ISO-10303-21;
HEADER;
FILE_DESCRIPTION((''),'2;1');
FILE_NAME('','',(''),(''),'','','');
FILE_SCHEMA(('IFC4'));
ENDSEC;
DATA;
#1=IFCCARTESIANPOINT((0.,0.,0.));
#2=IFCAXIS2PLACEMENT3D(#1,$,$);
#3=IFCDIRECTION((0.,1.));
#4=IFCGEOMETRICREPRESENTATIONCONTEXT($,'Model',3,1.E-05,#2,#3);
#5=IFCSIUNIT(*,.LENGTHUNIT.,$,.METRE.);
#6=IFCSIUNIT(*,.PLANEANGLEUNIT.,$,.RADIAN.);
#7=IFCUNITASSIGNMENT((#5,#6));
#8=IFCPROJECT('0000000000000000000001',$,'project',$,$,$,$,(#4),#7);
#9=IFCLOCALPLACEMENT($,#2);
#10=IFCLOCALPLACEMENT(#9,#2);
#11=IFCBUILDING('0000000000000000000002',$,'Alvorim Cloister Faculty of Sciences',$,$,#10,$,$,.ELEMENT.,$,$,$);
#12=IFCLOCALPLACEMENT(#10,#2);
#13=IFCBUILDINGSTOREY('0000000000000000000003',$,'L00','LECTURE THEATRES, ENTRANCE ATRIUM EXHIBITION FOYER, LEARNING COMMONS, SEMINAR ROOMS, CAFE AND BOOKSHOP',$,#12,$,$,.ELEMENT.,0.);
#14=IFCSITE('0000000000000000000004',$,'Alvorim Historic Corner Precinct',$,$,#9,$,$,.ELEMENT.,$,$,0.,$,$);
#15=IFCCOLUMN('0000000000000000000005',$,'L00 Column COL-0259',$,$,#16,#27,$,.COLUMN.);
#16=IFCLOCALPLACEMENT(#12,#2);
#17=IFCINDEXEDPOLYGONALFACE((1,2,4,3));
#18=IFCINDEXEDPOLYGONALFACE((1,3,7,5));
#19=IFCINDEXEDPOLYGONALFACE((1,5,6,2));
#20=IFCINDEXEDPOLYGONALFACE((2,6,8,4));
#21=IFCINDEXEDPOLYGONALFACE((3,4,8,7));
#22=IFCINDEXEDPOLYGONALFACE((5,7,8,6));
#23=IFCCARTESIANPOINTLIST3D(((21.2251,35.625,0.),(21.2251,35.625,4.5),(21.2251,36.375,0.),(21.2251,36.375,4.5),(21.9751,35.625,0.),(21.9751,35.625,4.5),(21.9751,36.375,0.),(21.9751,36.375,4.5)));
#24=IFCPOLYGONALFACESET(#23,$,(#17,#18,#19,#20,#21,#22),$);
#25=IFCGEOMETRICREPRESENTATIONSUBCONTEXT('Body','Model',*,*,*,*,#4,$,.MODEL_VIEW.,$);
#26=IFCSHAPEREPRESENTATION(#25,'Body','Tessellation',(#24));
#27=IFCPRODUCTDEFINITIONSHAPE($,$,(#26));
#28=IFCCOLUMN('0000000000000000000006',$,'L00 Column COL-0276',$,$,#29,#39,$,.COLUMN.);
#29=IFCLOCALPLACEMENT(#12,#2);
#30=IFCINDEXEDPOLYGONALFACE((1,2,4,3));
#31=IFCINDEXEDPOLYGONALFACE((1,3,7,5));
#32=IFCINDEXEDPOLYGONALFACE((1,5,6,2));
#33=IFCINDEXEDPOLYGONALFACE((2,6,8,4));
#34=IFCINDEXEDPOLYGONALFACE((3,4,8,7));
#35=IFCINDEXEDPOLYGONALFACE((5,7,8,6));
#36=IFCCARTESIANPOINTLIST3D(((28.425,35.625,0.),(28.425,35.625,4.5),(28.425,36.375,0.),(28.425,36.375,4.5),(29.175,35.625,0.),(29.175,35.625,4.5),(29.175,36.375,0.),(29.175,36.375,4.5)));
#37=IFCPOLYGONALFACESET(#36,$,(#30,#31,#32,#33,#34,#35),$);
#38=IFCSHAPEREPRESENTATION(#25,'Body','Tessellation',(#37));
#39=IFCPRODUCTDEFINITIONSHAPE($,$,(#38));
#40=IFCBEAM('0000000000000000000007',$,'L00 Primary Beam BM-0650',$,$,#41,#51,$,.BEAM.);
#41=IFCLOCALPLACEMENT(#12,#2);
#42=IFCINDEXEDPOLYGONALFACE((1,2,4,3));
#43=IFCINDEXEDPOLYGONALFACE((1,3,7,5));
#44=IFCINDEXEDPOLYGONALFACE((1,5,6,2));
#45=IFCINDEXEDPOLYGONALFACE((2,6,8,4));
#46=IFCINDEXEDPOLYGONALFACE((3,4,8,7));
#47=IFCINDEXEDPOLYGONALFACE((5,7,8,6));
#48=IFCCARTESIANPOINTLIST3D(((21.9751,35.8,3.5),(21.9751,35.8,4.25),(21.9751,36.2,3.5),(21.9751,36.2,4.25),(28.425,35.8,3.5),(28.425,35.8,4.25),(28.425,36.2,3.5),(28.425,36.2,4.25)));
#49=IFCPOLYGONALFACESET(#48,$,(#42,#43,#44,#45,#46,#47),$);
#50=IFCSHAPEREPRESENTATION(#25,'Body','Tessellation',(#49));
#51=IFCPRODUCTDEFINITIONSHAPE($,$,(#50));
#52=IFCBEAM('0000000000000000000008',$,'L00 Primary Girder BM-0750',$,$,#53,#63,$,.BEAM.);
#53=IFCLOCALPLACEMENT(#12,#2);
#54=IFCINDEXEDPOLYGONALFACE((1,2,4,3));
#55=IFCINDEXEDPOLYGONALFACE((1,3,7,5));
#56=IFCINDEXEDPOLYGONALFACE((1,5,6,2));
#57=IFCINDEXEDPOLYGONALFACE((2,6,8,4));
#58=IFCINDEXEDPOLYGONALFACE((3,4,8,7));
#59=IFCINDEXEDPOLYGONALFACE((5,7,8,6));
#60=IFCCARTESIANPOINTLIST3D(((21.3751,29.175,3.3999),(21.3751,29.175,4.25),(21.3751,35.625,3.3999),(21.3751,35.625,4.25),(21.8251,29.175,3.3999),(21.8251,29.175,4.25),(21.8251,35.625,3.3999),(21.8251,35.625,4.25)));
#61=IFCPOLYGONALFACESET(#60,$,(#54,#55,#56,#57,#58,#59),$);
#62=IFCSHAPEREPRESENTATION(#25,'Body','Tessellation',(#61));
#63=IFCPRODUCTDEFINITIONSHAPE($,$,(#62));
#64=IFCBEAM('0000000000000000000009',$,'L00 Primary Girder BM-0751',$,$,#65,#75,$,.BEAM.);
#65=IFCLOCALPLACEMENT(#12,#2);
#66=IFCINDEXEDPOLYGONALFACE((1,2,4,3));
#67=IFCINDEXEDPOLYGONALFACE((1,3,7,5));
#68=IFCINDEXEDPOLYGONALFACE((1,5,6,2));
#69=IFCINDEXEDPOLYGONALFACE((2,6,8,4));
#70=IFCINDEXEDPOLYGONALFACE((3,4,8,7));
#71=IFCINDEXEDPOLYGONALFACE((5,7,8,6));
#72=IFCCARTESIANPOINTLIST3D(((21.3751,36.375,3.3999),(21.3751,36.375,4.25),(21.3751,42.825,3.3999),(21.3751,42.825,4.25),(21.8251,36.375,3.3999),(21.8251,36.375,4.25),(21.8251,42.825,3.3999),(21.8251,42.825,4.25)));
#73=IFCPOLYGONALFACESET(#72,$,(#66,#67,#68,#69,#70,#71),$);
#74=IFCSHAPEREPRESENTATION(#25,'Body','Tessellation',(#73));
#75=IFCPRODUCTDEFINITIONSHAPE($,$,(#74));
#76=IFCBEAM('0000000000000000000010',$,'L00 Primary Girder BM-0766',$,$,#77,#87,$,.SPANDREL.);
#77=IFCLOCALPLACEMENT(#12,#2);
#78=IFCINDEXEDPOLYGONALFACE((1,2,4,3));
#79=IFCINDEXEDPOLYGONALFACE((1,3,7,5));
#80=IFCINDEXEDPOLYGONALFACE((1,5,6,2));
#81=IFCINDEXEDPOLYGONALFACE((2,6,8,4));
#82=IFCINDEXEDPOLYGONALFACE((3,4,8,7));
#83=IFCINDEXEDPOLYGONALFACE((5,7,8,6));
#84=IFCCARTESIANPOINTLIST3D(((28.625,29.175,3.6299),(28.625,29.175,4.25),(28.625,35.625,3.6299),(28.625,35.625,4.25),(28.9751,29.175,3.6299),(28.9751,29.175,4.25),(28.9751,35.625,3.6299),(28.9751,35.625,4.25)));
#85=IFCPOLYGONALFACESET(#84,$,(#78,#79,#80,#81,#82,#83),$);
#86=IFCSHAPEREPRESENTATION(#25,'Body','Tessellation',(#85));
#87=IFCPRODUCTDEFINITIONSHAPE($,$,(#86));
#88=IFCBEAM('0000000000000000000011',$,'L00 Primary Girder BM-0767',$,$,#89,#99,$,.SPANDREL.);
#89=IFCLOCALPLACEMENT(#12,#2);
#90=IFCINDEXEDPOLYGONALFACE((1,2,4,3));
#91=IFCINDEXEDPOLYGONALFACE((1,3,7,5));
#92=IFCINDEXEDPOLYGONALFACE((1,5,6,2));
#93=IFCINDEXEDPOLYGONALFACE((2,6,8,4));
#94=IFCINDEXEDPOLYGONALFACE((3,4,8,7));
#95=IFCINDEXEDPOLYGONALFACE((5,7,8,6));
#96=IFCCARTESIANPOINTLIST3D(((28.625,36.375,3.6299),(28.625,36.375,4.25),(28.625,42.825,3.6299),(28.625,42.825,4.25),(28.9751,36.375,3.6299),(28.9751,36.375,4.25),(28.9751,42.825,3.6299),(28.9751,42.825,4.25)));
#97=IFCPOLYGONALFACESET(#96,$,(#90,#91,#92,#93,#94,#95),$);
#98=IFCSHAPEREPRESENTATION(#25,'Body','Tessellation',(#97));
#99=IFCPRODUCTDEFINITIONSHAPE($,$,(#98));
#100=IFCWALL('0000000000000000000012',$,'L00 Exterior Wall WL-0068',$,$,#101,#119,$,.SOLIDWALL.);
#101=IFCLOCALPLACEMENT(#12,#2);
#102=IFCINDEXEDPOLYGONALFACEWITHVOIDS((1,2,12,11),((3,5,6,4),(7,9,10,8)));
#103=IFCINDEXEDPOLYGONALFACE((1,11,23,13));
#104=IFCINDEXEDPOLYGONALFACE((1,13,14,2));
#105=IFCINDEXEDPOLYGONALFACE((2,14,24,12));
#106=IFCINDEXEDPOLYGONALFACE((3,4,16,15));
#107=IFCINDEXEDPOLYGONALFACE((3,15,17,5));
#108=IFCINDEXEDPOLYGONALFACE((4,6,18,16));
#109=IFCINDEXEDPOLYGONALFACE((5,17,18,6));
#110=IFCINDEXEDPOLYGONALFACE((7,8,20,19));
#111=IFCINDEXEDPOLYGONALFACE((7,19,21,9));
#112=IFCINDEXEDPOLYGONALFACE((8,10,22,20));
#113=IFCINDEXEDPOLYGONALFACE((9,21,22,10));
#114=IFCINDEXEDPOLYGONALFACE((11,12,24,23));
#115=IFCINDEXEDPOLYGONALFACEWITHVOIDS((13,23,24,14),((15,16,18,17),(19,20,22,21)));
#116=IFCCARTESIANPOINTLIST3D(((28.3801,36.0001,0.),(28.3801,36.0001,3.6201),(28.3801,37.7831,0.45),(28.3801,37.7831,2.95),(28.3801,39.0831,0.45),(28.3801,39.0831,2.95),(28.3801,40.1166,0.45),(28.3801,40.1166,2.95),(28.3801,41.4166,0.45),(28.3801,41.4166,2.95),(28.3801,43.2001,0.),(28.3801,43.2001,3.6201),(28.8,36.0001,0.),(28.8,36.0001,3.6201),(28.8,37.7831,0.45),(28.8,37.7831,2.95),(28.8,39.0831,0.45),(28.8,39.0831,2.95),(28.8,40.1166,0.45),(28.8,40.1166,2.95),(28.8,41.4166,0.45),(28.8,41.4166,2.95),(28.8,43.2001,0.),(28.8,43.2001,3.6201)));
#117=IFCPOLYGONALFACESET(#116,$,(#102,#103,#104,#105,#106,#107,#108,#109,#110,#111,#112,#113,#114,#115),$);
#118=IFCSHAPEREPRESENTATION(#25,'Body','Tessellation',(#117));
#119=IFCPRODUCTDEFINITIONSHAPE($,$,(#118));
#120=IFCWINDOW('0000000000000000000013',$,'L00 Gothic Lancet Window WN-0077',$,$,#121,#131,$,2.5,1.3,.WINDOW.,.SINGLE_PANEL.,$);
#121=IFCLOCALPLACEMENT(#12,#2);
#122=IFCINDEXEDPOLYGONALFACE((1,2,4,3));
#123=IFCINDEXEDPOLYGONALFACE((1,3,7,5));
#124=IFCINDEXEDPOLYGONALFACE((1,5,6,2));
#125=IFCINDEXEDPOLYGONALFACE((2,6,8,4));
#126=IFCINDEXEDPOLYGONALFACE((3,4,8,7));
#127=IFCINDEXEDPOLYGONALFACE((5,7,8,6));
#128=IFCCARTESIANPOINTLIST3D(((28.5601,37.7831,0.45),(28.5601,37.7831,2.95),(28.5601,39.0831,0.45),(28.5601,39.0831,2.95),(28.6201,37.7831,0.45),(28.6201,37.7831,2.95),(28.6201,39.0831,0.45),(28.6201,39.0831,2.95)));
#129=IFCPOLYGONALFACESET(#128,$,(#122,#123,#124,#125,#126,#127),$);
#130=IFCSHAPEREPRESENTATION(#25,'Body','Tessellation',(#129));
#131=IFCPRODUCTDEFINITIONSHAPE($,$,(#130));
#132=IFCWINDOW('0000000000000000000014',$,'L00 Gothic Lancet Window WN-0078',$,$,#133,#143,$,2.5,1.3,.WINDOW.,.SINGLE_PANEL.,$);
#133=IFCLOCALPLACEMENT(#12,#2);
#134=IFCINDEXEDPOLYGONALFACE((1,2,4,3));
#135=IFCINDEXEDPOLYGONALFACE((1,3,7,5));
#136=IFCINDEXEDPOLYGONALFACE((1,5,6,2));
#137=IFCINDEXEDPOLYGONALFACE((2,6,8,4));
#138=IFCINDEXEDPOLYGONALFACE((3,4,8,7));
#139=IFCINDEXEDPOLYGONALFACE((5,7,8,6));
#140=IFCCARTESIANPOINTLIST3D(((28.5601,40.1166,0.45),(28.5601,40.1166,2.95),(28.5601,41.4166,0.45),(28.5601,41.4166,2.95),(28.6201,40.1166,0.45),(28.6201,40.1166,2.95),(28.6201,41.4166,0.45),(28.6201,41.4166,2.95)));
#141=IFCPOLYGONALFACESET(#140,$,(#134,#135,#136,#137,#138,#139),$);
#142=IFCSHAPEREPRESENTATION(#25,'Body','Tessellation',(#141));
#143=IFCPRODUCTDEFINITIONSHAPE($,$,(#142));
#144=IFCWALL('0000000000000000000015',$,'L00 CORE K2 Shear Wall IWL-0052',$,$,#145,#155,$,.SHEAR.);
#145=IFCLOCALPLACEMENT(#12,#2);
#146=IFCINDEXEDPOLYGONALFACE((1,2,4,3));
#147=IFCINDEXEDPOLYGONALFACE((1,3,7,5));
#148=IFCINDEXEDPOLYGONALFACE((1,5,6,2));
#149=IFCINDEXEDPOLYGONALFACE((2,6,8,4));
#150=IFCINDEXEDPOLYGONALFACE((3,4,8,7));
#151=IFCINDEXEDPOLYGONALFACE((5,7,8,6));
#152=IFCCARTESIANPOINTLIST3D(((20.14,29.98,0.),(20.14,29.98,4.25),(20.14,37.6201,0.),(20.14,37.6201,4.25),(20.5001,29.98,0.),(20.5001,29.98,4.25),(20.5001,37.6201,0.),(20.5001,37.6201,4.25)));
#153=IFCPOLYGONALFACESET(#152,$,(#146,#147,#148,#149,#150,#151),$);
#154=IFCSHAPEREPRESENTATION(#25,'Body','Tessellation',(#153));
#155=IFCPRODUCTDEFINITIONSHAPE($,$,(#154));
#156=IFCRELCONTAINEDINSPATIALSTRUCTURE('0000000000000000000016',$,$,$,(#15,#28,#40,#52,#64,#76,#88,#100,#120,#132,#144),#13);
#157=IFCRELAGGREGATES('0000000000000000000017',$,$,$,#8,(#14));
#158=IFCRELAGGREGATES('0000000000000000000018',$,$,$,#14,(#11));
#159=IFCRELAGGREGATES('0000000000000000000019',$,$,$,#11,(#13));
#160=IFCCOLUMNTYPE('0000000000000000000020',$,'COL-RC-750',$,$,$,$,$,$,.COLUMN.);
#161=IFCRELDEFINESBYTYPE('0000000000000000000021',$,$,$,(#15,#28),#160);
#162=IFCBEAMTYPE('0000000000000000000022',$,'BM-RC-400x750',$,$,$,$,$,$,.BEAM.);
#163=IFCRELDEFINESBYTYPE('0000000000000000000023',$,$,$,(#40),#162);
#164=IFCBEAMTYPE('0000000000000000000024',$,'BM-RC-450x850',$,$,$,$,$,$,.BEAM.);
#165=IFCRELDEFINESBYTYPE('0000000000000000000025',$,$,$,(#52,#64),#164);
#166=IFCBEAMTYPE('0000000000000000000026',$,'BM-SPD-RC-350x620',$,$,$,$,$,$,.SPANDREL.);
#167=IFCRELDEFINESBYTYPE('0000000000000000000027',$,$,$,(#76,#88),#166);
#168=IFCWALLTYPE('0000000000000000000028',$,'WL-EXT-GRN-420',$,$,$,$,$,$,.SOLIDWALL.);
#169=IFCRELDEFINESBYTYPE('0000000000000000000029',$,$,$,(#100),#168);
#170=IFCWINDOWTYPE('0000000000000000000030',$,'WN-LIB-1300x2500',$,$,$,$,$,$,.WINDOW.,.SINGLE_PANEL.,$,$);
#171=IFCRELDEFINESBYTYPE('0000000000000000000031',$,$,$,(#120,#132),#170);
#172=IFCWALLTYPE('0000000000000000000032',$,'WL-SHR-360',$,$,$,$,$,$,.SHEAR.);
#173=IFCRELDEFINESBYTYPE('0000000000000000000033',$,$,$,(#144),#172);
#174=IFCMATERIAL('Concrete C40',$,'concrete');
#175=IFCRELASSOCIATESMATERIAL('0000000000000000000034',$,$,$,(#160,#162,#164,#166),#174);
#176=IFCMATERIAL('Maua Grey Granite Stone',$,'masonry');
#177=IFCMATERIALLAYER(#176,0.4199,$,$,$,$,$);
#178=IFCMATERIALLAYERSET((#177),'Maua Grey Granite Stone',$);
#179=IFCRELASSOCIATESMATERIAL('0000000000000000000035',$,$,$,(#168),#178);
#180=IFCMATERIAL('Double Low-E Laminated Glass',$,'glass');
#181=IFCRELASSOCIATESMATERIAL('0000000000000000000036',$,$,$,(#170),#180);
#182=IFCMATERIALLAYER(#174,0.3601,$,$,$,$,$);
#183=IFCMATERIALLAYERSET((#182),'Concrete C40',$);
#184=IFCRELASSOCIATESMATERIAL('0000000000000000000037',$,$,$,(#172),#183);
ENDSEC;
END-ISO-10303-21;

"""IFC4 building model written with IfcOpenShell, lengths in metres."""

from ifc_helpers import new_model, si_unit, direction, frame, frame_2d, origin, origin_2d, place, context, subcontext, project, spatial, rectangle, extrude, material, layer, layer_set, material_profile, profile_set, type_object, element, fill, save


model = new_model("IFC4")

# Units and contexts
model_context = context("Model", 3, precision=1e-05, world=origin(), true_north=direction((0.0, 1.0)))
body_context = subcontext(model_context, "Body", "Model", "MODEL_VIEW")
ifc_project = project(units=[si_unit("LENGTHUNIT", "METRE"), si_unit("PLANEANGLEUNIT", "RADIAN")], contexts=[model_context])

# Site, building, storey
site_placement = place(None, origin())
site = spatial("IfcSite", under=ifc_project, at=site_placement, Name="Alvorim Historic Corner Precinct", CompositionType="ELEMENT", RefElevation=0.0)
building_placement = place(site_placement, origin())
building = spatial("IfcBuilding", under=site, at=building_placement, Name="Alvorim Cloister Faculty of Sciences", CompositionType="ELEMENT")
storey_placement = place(building_placement, origin())
storey = spatial("IfcBuildingStorey", under=building, at=storey_placement, Name="L00", Description="LECTURE THEATRES, ENTRANCE ATRIUM EXHIBITION FOYER, LEARNING COMMONS, SEMINAR ROOMS, CAFE AND BOOKSHOP", CompositionType="ELEMENT", Elevation=0.0)

# Columns
ifc_material_1 = material(Name="Concrete C40", Category="concrete")
ifc_material_profile_1 = material_profile(ifc_material_1, rectangle(XDim=0.75, YDim=0.75, at=origin_2d()), Name="RC40-COL-750x750")
ifc_profile_set_1 = profile_set([ifc_material_profile_1], Name="Concrete C40")
column_type = type_object("IfcColumnType", Name="COL-RC-750", PredefinedType="COLUMN", material=ifc_profile_set_1)
for number, where, z_axis, x_axis, name in (
    (1, (21.6001, 36.0, 0.0), (0.0, 0.0, 1.0), (1.0, 0.0, 0.0), "L00 Column COL-0259"),
    (2, (28.8, 36.0, 0.0), (0.0, 0.0, 1.0), (1.0, 0.0, 0.0), "L00 Column COL-0276"),
):
    element("IfcColumn", number, at=place(storey_placement, frame(where, z_axis=z_axis, x_axis=x_axis)), inside=storey, type_object=column_type, Name=name, PredefinedType="COLUMN", context=body_context, shape_type="SweptSolid", body=[
        extrude(rectangle(XDim=0.75, YDim=0.75, at=origin_2d()), origin(), (0.0, 0.0, 1.0), 4.5),
    ])

# Beams
ifc_material_profile_2 = material_profile(ifc_material_1, rectangle(XDim=0.3999, YDim=0.75, at=origin_2d()), Name="RC40-BM-400x750")
ifc_profile_set_2 = profile_set([ifc_material_profile_2], Name="Concrete C40")
beam_type_1 = type_object("IfcBeamType", Name="BM-RC-400x750", PredefinedType="BEAM", material=ifc_profile_set_2)
beam_placement = place(storey_placement, frame((21.9751, 36.0, 3.875), z_axis=(1.0, 0.0, 0.0), x_axis=(0.0, 1.0, 0.0)))
element("IfcBeam", 3, at=beam_placement, inside=storey, type_object=beam_type_1, Name="L00 Primary Beam BM-0650", PredefinedType="BEAM", context=body_context, shape_type="SweptSolid", body=[
    extrude(rectangle(XDim=0.3999, YDim=0.75, at=origin_2d()), origin(), (0.0, 0.0, 1.0), 6.45),
])
ifc_material_profile_3 = material_profile(ifc_material_1, rectangle(XDim=0.45, YDim=0.8501, at=origin_2d()), Name="RC40-BM-450x850")
ifc_profile_set_3 = profile_set([ifc_material_profile_3], Name="Concrete C40")
beam_type_2 = type_object("IfcBeamType", Name="BM-RC-450x850", PredefinedType="BEAM", material=ifc_profile_set_3)
for number, where, z_axis, x_axis, name in (
    (4, (21.6001, 29.175, 3.825), (0.0, 1.0, 0.0), (-1.0, 0.0, 0.0), "L00 Primary Girder BM-0750"),
    (5, (21.6001, 36.375, 3.825), (0.0, 1.0, 0.0), (-1.0, 0.0, 0.0), "L00 Primary Girder BM-0751"),
):
    element("IfcBeam", number, at=place(storey_placement, frame(where, z_axis=z_axis, x_axis=x_axis)), inside=storey, type_object=beam_type_2, Name=name, PredefinedType="BEAM", context=body_context, shape_type="SweptSolid", body=[
        extrude(rectangle(XDim=0.45, YDim=0.8501, at=origin_2d()), origin(), (0.0, 0.0, 1.0), 6.45),
    ])
ifc_material_profile_4 = material_profile(ifc_material_1, rectangle(XDim=0.3501, YDim=0.6201, at=origin_2d()), Name="RC40-SPD-350x620")
ifc_profile_set_4 = profile_set([ifc_material_profile_4], Name="Concrete C40")
beam_type_3 = type_object("IfcBeamType", Name="BM-SPD-RC-350x620", PredefinedType="SPANDREL", material=ifc_profile_set_4)
for number, where, z_axis, x_axis, name in (
    (6, (28.8, 29.175, 3.9399), (0.0, 1.0, 0.0), (-1.0, 0.0, 0.0), "L00 Primary Girder BM-0766"),
    (7, (28.8, 36.375, 3.9399), (0.0, 1.0, 0.0), (-1.0, 0.0, 0.0), "L00 Primary Girder BM-0767"),
):
    element("IfcBeam", number, at=place(storey_placement, frame(where, z_axis=z_axis, x_axis=x_axis)), inside=storey, type_object=beam_type_3, Name=name, PredefinedType="SPANDREL", context=body_context, shape_type="SweptSolid", body=[
        extrude(rectangle(XDim=0.3501, YDim=0.6201, at=origin_2d()), origin(), (0.0, 0.0, 1.0), 6.45),
    ])

# Wall, openings, windows
ifc_material_2 = material(Name="Maua Grey Granite Stone", Category="masonry")
ifc_layer_1 = layer(ifc_material_2, 0.4199)
ifc_layer_set_1 = layer_set([ifc_layer_1], Name="Maua Grey Granite Stone")
wall_type_1 = type_object("IfcWallType", Name="WL-EXT-GRN-420", PredefinedType="SOLIDWALL", material=ifc_layer_set_1)
wall_1_placement = place(storey_placement, frame((28.5901, 36.0, 0.0), z_axis=(0.0, 0.0, 1.0), x_axis=(0.0, 1.0, 0.0)))
wall_1 = element("IfcWall", 8, at=wall_1_placement, inside=storey, type_object=wall_type_1, Name="L00 Exterior Wall WL-0068", PredefinedType="SOLIDWALL", context=body_context, shape_type="SweptSolid", body=[
    extrude(rectangle(XDim=7.2, YDim=0.4199, at=frame_2d((3.6001, 0.0))), origin(), (0.0, 0.0, 1.0), 3.6201),
])
opening_1_placement = place(wall_1_placement, frame((1.7832, 0.0, 0.45)))
opening_1 = element("IfcOpeningElement", 9, at=opening_1_placement, cuts=wall_1, PredefinedType="OPENING", context=body_context, shape_type="SweptSolid", body=[
    extrude(rectangle(XDim=1.3, YDim=2.5, at=frame_2d((0.6499, 1.25))), frame((0.0, 0.2219, 0.0), z_axis=(0.0, -1.0, 0.0), x_axis=(1.0, 0.0, 0.0)), (0.0, 0.0, 1.0), 0.4438),
])
opening_2_placement = place(wall_1_placement, frame((4.1167, 0.0, 0.45)))
opening_2 = element("IfcOpeningElement", 10, at=opening_2_placement, cuts=wall_1, PredefinedType="OPENING", context=body_context, shape_type="SweptSolid", body=[
    extrude(rectangle(XDim=1.3, YDim=2.5, at=frame_2d((0.6499, 1.25))), frame((0.0, 0.2219, 0.0), z_axis=(0.0, -1.0, 0.0), x_axis=(1.0, 0.0, 0.0)), (0.0, 0.0, 1.0), 0.4438),
])
ifc_material_3 = material(Name="Double Low-E Laminated Glass", Category="glass")
window_type = type_object("IfcWindowType", Name="WN-LIB-1300x2500", PartitioningType="SINGLE_PANEL", PredefinedType="WINDOW", material=ifc_material_3)
window_1_placement = place(opening_1_placement, origin())
window_1 = element("IfcWindow", 11, at=window_1_placement, inside=storey, type_object=window_type, Name="L00 Gothic Lancet Window WN-0077", OverallHeight=2.5, OverallWidth=1.3, PartitioningType="SINGLE_PANEL", PredefinedType="WINDOW", context=body_context, shape_type="SweptSolid", body=[
    extrude(rectangle(XDim=1.3, YDim=2.5, at=frame_2d((0.6499, 1.25))), frame((0.0, 0.03, 0.0), z_axis=(0.0, -1.0, 0.0), x_axis=(1.0, 0.0, 0.0)), (0.0, 0.0, 1.0), 0.0601),
])
fill(opening_1, window_1)
window_2_placement = place(opening_2_placement, origin())
window_2 = element("IfcWindow", 12, at=window_2_placement, inside=storey, type_object=window_type, Name="L00 Gothic Lancet Window WN-0078", OverallHeight=2.5, OverallWidth=1.3, PartitioningType="SINGLE_PANEL", PredefinedType="WINDOW", context=body_context, shape_type="SweptSolid", body=[
    extrude(rectangle(XDim=1.3, YDim=2.5, at=frame_2d((0.6499, 1.25))), frame((0.0, 0.03, 0.0), z_axis=(0.0, -1.0, 0.0), x_axis=(1.0, 0.0, 0.0)), (0.0, 0.0, 1.0), 0.0601),
])
fill(opening_2, window_2)

# Wall
ifc_layer_2 = layer(ifc_material_1, 0.3601)
ifc_layer_set_2 = layer_set([ifc_layer_2], Name="Concrete C40")
wall_type_2 = type_object("IfcWallType", Name="WL-SHR-360", PredefinedType="SHEAR", material=ifc_layer_set_2)
wall_2_placement = place(storey_placement, frame((20.3201, 29.98, 0.0), z_axis=(0.0, 0.0, 1.0), x_axis=(0.0, 1.0, 0.0)))
element("IfcWall", 13, at=wall_2_placement, inside=storey, type_object=wall_type_2, Name="L00 CORE K2 Shear Wall IWL-0052", PredefinedType="SHEAR", context=body_context, shape_type="SweptSolid", body=[
    extrude(rectangle(XDim=7.6401, YDim=0.3601, at=frame_2d((3.8201, 0.0))), origin(), (0.0, 0.0, 1.0), 4.25),
])

save(model, "model.ifc")
